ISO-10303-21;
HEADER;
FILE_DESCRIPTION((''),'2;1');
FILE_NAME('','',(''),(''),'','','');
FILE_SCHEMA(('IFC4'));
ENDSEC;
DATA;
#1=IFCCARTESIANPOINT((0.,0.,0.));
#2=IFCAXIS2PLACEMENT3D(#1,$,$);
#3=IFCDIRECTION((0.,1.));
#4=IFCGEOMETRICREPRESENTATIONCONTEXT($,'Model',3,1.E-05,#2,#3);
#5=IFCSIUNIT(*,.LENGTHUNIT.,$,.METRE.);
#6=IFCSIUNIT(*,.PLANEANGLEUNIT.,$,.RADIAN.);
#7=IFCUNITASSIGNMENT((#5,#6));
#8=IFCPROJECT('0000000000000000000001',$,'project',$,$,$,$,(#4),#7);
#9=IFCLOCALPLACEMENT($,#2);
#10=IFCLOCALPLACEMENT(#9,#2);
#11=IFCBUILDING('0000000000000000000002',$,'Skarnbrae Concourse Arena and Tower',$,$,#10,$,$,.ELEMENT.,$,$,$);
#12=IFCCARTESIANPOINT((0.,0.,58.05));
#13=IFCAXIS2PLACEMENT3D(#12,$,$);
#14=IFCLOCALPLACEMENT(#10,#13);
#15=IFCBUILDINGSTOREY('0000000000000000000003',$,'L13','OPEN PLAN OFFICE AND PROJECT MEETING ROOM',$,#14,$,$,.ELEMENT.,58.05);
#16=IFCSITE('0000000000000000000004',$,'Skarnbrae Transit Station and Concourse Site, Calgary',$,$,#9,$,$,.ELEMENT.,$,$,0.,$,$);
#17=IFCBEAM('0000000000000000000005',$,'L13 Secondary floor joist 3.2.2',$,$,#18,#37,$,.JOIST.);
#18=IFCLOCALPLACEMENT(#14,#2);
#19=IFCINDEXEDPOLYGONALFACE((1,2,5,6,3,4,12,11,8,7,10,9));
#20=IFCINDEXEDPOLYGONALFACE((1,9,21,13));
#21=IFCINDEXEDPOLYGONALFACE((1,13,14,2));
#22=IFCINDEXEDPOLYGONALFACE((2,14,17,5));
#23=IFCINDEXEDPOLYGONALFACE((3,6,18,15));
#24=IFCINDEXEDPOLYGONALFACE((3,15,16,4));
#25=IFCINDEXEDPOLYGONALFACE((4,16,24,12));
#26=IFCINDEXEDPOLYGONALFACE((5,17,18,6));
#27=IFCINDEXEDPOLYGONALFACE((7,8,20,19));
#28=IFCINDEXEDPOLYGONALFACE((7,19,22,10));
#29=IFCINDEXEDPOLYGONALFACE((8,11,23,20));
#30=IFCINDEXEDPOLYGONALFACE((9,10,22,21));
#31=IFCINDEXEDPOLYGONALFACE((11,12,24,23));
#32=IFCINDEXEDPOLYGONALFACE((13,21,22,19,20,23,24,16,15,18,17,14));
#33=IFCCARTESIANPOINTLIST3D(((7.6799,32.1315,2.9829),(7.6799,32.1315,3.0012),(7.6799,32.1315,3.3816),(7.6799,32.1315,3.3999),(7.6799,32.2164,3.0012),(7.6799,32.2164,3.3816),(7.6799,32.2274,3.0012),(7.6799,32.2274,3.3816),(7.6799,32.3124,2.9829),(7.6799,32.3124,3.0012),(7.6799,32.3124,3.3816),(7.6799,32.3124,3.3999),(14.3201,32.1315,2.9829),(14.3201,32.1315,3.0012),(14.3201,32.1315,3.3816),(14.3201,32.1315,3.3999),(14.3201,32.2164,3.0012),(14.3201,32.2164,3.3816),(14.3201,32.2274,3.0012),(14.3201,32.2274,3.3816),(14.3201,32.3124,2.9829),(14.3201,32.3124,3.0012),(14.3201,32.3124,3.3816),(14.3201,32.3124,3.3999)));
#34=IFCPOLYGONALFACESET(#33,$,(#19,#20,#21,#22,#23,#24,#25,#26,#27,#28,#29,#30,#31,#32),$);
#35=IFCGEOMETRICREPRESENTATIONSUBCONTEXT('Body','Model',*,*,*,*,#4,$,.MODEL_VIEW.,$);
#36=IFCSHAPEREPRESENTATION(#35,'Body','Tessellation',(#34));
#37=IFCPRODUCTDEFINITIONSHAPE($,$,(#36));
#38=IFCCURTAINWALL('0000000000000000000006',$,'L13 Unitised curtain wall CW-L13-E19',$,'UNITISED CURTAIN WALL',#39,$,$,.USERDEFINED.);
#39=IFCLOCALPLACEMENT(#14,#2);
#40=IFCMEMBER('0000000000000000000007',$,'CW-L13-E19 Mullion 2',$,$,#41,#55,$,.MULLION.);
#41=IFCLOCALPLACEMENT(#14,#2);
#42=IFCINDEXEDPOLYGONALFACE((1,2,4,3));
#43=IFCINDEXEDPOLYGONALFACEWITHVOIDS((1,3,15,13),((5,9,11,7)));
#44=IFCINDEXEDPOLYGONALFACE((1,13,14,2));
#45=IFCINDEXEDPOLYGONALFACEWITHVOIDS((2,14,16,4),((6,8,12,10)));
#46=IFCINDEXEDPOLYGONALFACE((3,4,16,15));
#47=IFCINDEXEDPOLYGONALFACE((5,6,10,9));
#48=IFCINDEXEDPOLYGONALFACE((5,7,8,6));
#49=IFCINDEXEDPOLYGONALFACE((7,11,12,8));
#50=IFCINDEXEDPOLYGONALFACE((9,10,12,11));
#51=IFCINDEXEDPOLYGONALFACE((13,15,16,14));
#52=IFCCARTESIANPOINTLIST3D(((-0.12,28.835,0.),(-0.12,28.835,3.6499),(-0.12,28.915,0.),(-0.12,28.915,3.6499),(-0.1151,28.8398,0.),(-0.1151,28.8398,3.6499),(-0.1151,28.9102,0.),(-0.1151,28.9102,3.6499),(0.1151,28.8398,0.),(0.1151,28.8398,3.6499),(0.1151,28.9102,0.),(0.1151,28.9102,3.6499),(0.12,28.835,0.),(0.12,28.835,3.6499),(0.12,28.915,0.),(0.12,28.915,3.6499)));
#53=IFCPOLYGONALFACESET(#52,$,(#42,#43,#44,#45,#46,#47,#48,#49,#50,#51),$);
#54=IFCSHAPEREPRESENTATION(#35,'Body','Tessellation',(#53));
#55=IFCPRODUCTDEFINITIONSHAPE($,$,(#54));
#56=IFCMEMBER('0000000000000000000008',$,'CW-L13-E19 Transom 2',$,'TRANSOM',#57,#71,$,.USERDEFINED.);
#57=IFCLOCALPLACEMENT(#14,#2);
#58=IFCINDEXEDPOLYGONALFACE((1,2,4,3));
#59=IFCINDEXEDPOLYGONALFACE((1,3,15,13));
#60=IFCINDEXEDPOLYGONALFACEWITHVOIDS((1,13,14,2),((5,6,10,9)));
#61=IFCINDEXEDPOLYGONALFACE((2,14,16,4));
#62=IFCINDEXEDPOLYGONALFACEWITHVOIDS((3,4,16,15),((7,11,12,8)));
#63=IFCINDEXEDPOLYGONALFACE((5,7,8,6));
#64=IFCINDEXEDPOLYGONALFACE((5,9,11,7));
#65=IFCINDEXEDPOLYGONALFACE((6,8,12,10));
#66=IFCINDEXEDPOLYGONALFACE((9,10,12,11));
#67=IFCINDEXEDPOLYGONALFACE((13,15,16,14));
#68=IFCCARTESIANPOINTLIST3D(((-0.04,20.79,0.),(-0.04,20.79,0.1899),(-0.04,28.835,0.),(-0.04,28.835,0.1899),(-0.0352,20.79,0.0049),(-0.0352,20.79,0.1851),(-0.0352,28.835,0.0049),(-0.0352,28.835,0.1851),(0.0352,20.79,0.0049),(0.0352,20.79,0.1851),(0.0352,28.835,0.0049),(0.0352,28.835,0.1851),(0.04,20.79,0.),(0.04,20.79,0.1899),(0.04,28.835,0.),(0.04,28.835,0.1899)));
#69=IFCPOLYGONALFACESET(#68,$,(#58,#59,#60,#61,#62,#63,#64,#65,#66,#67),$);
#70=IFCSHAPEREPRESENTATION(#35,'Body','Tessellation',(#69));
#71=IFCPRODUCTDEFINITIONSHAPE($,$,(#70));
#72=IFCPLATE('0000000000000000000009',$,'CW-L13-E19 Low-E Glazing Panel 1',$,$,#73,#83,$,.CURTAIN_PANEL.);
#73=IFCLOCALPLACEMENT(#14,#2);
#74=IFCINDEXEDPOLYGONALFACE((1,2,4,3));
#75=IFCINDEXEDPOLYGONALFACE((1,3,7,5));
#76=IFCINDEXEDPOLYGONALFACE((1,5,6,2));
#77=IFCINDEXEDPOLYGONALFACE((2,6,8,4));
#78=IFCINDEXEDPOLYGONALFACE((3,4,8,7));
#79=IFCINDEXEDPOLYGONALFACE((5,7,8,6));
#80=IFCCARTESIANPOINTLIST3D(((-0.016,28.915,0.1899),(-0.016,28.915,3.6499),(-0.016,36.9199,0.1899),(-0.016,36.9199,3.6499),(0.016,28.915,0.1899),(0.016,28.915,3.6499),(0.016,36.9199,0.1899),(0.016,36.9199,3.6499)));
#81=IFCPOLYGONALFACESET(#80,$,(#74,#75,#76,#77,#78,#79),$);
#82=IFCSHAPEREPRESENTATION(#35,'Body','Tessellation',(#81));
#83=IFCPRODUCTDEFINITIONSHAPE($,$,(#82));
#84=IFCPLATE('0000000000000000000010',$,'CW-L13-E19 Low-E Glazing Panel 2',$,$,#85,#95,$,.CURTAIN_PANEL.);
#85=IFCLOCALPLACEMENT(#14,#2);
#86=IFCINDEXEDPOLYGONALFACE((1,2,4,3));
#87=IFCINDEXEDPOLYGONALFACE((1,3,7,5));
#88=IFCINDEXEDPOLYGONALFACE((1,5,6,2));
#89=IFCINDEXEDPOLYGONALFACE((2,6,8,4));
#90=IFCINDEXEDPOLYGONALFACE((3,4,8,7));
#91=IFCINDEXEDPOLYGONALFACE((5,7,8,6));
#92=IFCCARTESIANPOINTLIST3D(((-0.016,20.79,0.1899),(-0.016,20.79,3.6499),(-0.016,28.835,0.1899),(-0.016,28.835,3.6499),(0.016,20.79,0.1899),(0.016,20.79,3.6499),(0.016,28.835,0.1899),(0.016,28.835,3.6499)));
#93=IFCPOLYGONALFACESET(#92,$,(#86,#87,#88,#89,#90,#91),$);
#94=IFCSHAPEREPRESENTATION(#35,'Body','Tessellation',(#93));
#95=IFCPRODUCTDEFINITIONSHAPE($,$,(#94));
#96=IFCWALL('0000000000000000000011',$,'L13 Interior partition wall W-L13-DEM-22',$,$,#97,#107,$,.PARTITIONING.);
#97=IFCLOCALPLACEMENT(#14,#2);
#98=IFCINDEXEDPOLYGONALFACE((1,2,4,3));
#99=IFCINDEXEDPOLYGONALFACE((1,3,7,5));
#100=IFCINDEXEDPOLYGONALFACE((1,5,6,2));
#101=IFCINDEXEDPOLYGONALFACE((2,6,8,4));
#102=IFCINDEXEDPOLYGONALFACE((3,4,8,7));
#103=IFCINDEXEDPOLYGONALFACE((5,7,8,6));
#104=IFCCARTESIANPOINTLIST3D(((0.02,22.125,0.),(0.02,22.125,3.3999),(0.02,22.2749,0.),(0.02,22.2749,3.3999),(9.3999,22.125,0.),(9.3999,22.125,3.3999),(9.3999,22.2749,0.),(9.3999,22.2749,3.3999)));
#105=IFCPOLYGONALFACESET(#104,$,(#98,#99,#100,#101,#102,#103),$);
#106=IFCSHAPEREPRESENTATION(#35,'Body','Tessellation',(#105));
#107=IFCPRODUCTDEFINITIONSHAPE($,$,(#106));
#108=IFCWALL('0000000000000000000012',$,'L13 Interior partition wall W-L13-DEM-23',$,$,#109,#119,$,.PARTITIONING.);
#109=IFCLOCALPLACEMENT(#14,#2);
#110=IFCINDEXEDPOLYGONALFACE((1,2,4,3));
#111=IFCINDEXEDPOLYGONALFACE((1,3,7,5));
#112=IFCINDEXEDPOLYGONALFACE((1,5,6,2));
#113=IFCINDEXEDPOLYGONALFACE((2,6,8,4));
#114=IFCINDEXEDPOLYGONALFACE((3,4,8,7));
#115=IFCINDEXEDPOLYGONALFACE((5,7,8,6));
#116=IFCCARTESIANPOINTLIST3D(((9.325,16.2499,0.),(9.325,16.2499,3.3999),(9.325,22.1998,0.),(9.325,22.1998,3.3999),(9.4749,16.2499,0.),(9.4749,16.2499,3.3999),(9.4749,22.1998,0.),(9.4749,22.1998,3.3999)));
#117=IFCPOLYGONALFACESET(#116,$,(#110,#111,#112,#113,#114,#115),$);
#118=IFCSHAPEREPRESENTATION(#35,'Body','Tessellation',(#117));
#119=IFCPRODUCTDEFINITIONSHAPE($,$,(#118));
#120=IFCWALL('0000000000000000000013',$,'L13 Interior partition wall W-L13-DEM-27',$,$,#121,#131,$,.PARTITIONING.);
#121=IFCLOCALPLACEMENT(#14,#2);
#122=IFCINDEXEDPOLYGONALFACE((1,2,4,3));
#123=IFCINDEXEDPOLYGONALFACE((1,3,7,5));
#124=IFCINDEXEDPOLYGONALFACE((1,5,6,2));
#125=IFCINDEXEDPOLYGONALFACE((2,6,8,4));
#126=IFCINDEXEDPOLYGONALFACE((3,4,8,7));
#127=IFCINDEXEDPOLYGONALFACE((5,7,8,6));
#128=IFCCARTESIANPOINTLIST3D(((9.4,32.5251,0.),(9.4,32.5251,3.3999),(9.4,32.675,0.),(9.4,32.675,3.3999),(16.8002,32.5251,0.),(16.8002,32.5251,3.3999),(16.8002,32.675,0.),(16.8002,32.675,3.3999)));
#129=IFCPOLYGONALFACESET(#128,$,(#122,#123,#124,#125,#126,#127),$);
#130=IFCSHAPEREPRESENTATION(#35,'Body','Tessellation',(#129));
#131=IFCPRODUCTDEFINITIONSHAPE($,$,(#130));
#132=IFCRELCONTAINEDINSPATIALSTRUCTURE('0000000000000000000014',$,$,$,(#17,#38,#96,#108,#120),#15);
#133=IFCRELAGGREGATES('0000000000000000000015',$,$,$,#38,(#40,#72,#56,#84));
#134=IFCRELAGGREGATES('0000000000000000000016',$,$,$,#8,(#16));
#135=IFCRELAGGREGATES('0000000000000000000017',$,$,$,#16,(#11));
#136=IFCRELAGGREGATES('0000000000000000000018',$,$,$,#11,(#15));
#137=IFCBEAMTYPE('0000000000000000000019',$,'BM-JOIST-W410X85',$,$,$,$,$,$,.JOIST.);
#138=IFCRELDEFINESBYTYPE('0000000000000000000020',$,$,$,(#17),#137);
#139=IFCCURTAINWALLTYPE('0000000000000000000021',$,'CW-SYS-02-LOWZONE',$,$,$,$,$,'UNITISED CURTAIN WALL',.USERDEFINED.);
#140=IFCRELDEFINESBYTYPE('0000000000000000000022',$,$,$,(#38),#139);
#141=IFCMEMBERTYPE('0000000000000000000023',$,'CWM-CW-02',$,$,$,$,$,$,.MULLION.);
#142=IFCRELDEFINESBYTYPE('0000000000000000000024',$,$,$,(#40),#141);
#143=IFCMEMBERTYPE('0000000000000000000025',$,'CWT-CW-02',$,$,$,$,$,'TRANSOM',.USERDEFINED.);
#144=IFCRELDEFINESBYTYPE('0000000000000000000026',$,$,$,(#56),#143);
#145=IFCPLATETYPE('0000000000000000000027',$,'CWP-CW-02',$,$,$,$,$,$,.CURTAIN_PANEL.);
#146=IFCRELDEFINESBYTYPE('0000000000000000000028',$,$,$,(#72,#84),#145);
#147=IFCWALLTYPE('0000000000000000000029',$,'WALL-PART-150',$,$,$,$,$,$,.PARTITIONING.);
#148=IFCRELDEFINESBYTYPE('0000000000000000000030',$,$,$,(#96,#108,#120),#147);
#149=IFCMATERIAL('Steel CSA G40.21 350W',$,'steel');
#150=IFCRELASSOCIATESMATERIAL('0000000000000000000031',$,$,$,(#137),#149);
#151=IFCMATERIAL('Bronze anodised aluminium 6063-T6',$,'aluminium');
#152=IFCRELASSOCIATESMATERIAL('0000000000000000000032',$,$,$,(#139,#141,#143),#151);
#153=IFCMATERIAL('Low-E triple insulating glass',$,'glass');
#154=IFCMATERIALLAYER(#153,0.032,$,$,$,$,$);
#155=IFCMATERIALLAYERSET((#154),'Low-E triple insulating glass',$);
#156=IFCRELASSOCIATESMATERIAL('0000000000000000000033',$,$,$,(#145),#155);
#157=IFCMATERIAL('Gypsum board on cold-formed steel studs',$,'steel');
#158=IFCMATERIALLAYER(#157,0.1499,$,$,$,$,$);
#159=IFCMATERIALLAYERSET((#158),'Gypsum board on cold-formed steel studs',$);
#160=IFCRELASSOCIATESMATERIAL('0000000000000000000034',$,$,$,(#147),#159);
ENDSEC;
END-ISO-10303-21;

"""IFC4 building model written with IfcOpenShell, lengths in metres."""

from ifc_helpers import new_model, si_unit, direction, frame, frame_2d, origin, origin_2d, place, context, subcontext, project, spatial, rectangle, hollow_rectangle, i_section, extrude, source, transform, mapped, material, layer, layer_set, material_profile, profile_set, type_object, element, aggregate, save


model = new_model("IFC4")

# Units and contexts
model_context = context("Model", 3, precision=1e-05, world=origin(), true_north=direction((0.0, 1.0)))
body_context = subcontext(model_context, "Body", "Model", "MODEL_VIEW")
ifc_project = project(units=[si_unit("LENGTHUNIT", "METRE"), si_unit("PLANEANGLEUNIT", "RADIAN")], contexts=[model_context])

# Site, building, storey
site_placement = place(None, origin())
site = spatial("IfcSite", under=ifc_project, at=site_placement, Name="Skarnbrae Transit Station and Concourse Site, Calgary", CompositionType="ELEMENT", RefElevation=0.0)
building_placement = place(site_placement, origin())
building = spatial("IfcBuilding", under=site, at=building_placement, Name="Skarnbrae Concourse Arena and Tower", CompositionType="ELEMENT")
storey_placement = place(building_placement, frame((0.0, 0.0, 58.05)))
storey = spatial("IfcBuildingStorey", under=building, at=storey_placement, Name="L13", Description="OPEN PLAN OFFICE AND PROJECT MEETING ROOM", CompositionType="ELEMENT", Elevation=58.05)

# Shared definitions
ifc_material_1 = material(Name="Steel CSA G40.21 350W", Category="steel")

# Beam
ifc_material_profile_1 = material_profile(ifc_material_1, i_section(OverallWidth=0.1809, OverallDepth=0.417, WebThickness=0.011, FlangeThickness=0.0183, at=origin_2d()), Name="W410X85")
ifc_profile_set_1 = profile_set([ifc_material_profile_1], Name="Steel CSA G40.21 350W")
beam_type_1 = type_object("IfcBeamType", Name="BM-JOIST-W410X85", PredefinedType="JOIST", material=ifc_profile_set_1)
shared_shape_1 = source(origin(), body_context, "Body", "SweptSolid", [
    extrude(i_section(OverallWidth=0.1809, OverallDepth=0.417, WebThickness=0.011, FlangeThickness=0.0183, at=origin_2d()), origin(), (0.0, 0.0, 1.0), 6.6401),
])
for number, where, z_axis, x_axis, name in (
    (1, (7.6799, 32.2219, 3.1914), (1.0, 0.0, 0.0), (0.0, 1.0, 0.0), "L13 Secondary floor joist 3.2.2"),
):
    element("IfcBeam", number, at=place(storey_placement, frame(where, z_axis=z_axis, x_axis=x_axis)), inside=storey, type_object=beam_type_1, Name=name, PredefinedType="JOIST", context=body_context, shape_type="MappedRepresentation", body=[
        mapped(shared_shape_1, transform((0.0, 0.0, 0.0))),
    ])

# Curtain wall, members, plates
ifc_material_2 = material(Name="Bronze anodised aluminium 6063-T6", Category="aluminium")
curtain_wall_type = type_object("IfcCurtainWallType", Name="CW-SYS-02-LOWZONE", ElementType="UNITISED CURTAIN WALL", PredefinedType="USERDEFINED", material=ifc_material_2)
curtain_wall_placement = place(storey_placement, origin())
curtain_wall = element("IfcCurtainWall", 2, at=curtain_wall_placement, inside=storey, type_object=curtain_wall_type, Name="L13 Unitised curtain wall CW-L13-E19", ObjectType="UNITISED CURTAIN WALL", PredefinedType="USERDEFINED")
ifc_material_profile_2 = material_profile(ifc_material_2, hollow_rectangle(XDim=0.0801, YDim=0.24, WallThickness=0.0049, at=origin_2d()), Name="ALU-MULL-80X240")
ifc_profile_set_2 = profile_set([ifc_material_profile_2], Name="Bronze anodised aluminium 6063-T6")
member_type_1 = type_object("IfcMemberType", Name="CWM-CW-02", PredefinedType="MULLION", material=ifc_profile_set_2)
shared_shape_2 = source(origin(), body_context, "Body", "SweptSolid", [
    extrude(hollow_rectangle(XDim=0.0801, YDim=0.24, WallThickness=0.0049, at=origin_2d()), origin(), (0.0, 0.0, 1.0), 3.6499),
])
member_1_placement = place(storey_placement, frame((0.0, 28.875, 0.0), z_axis=(0.0, 0.0, 1.0), x_axis=(0.0, -1.0, 0.0)))
member_1 = element("IfcMember", 3, at=member_1_placement, type_object=member_type_1, Name="CW-L13-E19 Mullion 2", PredefinedType="MULLION", context=body_context, shape_type="MappedRepresentation", body=[
    mapped(shared_shape_2, transform((0.0, 0.0, 0.0))),
])
ifc_material_profile_3 = material_profile(ifc_material_2, hollow_rectangle(XDim=0.0801, YDim=0.1899, WallThickness=0.0049, at=origin_2d()), Name="ALU-TRAN-80X190")
ifc_profile_set_3 = profile_set([ifc_material_profile_3], Name="Bronze anodised aluminium 6063-T6")
member_type_2 = type_object("IfcMemberType", Name="CWT-CW-02", ElementType="TRANSOM", PredefinedType="USERDEFINED", material=ifc_profile_set_3)
shared_shape_3 = source(origin(), body_context, "Body", "SweptSolid", [
    extrude(hollow_rectangle(XDim=0.0801, YDim=0.1899, WallThickness=0.0049, at=origin_2d()), origin(), (0.0, 0.0, 1.0), 8.0449),
])
member_2_placement = place(storey_placement, frame((0.0, 28.835, 0.095), z_axis=(0.0, -1.0, 0.0), x_axis=(1.0, 0.0, 0.0)))
member_2 = element("IfcMember", 4, at=member_2_placement, type_object=member_type_2, Name="CW-L13-E19 Transom 2", ObjectType="TRANSOM", PredefinedType="USERDEFINED", context=body_context, shape_type="MappedRepresentation", body=[
    mapped(shared_shape_3, transform((0.0, 0.0, 0.0))),
])
ifc_material_3 = material(Name="Low-E triple insulating glass", Category="glass")
ifc_layer_1 = layer(ifc_material_3, 0.032)
ifc_layer_set_1 = layer_set([ifc_layer_1], Name="Low-E triple insulating glass")
plate_type = type_object("IfcPlateType", Name="CWP-CW-02", PredefinedType="CURTAIN_PANEL", material=ifc_layer_set_1)
shared_shape_4 = source(origin(), body_context, "Body", "SweptSolid", [
    extrude(rectangle(XDim=8.0049, YDim=0.032, at=origin_2d()), origin(), (0.0, 0.0, 1.0), 3.46),
])
plate_1_placement = place(storey_placement, frame((0.0, 32.9175, 0.1899), z_axis=(0.0, 0.0, 1.0), x_axis=(0.0, -1.0, 0.0)))
plate_1 = element("IfcPlate", 5, at=plate_1_placement, type_object=plate_type, Name="CW-L13-E19 Low-E Glazing Panel 1", PredefinedType="CURTAIN_PANEL", context=body_context, shape_type="MappedRepresentation", body=[
    mapped(shared_shape_4, transform((0.0, 0.0, 0.0))),
])
shared_shape_5 = source(origin(), body_context, "Body", "SweptSolid", [
    extrude(rectangle(XDim=8.0449, YDim=0.032, at=origin_2d()), origin(), (0.0, 0.0, 1.0), 3.46),
])
plate_2_placement = place(storey_placement, frame((0.0, 24.8125, 0.1899), z_axis=(0.0, 0.0, 1.0), x_axis=(0.0, -1.0, 0.0)))
plate_2 = element("IfcPlate", 6, at=plate_2_placement, type_object=plate_type, Name="CW-L13-E19 Low-E Glazing Panel 2", PredefinedType="CURTAIN_PANEL", context=body_context, shape_type="MappedRepresentation", body=[
    mapped(shared_shape_5, transform((0.0, 0.0, 0.0))),
])
aggregate(curtain_wall, [member_1, plate_1, member_2, plate_2])

# Walls
ifc_material_4 = material(Name="Gypsum board on cold-formed steel studs", Category="steel")
ifc_layer_2 = layer(ifc_material_4, 0.1499)
ifc_layer_set_2 = layer_set([ifc_layer_2], Name="Gypsum board on cold-formed steel studs")
wall_type = type_object("IfcWallType", Name="WALL-PART-150", PredefinedType="PARTITIONING", material=ifc_layer_set_2)
shared_shape_6 = source(origin(), body_context, "Body", "SweptSolid", [
    extrude(rectangle(XDim=9.3799, YDim=0.1499, at=frame_2d((4.6899, 0.0))), origin(), (0.0, 0.0, 1.0), 3.3999),
])
wall_1_placement = place(storey_placement, frame((0.02, 22.2, 0.0), z_axis=(0.0, 0.0, 1.0), x_axis=(1.0, 0.0, 0.0)))
element("IfcWall", 7, at=wall_1_placement, inside=storey, type_object=wall_type, Name="L13 Interior partition wall W-L13-DEM-22", PredefinedType="PARTITIONING", context=body_context, shape_type="MappedRepresentation", body=[
    mapped(shared_shape_6, transform((0.0, 0.0, 0.0))),
])
shared_shape_7 = source(origin(), body_context, "Body", "SweptSolid", [
    extrude(rectangle(XDim=5.95, YDim=0.1499, at=frame_2d((2.9751, 0.0))), origin(), (0.0, 0.0, 1.0), 3.3999),
])
wall_2_placement = place(storey_placement, frame((9.3999, 22.2, 0.0), z_axis=(0.0, 0.0, 1.0), x_axis=(0.0, -1.0, 0.0)))
element("IfcWall", 8, at=wall_2_placement, inside=storey, type_object=wall_type, Name="L13 Interior partition wall W-L13-DEM-23", PredefinedType="PARTITIONING", context=body_context, shape_type="MappedRepresentation", body=[
    mapped(shared_shape_7, transform((0.0, 0.0, 0.0))),
])
shared_shape_8 = source(origin(), body_context, "Body", "SweptSolid", [
    extrude(rectangle(XDim=7.4001, YDim=0.1499, at=frame_2d((3.7002, 0.0))), origin(), (0.0, 0.0, 1.0), 3.3999),
])
wall_3_placement = place(storey_placement, frame((9.3999, 32.6001, 0.0), z_axis=(0.0, 0.0, 1.0), x_axis=(1.0, 0.0, 0.0)))
element("IfcWall", 9, at=wall_3_placement, inside=storey, type_object=wall_type, Name="L13 Interior partition wall W-L13-DEM-27", PredefinedType="PARTITIONING", context=body_context, shape_type="MappedRepresentation", body=[
    mapped(shared_shape_8, transform((0.0, 0.0, 0.0))),
])

save(model, "model.ifc")
